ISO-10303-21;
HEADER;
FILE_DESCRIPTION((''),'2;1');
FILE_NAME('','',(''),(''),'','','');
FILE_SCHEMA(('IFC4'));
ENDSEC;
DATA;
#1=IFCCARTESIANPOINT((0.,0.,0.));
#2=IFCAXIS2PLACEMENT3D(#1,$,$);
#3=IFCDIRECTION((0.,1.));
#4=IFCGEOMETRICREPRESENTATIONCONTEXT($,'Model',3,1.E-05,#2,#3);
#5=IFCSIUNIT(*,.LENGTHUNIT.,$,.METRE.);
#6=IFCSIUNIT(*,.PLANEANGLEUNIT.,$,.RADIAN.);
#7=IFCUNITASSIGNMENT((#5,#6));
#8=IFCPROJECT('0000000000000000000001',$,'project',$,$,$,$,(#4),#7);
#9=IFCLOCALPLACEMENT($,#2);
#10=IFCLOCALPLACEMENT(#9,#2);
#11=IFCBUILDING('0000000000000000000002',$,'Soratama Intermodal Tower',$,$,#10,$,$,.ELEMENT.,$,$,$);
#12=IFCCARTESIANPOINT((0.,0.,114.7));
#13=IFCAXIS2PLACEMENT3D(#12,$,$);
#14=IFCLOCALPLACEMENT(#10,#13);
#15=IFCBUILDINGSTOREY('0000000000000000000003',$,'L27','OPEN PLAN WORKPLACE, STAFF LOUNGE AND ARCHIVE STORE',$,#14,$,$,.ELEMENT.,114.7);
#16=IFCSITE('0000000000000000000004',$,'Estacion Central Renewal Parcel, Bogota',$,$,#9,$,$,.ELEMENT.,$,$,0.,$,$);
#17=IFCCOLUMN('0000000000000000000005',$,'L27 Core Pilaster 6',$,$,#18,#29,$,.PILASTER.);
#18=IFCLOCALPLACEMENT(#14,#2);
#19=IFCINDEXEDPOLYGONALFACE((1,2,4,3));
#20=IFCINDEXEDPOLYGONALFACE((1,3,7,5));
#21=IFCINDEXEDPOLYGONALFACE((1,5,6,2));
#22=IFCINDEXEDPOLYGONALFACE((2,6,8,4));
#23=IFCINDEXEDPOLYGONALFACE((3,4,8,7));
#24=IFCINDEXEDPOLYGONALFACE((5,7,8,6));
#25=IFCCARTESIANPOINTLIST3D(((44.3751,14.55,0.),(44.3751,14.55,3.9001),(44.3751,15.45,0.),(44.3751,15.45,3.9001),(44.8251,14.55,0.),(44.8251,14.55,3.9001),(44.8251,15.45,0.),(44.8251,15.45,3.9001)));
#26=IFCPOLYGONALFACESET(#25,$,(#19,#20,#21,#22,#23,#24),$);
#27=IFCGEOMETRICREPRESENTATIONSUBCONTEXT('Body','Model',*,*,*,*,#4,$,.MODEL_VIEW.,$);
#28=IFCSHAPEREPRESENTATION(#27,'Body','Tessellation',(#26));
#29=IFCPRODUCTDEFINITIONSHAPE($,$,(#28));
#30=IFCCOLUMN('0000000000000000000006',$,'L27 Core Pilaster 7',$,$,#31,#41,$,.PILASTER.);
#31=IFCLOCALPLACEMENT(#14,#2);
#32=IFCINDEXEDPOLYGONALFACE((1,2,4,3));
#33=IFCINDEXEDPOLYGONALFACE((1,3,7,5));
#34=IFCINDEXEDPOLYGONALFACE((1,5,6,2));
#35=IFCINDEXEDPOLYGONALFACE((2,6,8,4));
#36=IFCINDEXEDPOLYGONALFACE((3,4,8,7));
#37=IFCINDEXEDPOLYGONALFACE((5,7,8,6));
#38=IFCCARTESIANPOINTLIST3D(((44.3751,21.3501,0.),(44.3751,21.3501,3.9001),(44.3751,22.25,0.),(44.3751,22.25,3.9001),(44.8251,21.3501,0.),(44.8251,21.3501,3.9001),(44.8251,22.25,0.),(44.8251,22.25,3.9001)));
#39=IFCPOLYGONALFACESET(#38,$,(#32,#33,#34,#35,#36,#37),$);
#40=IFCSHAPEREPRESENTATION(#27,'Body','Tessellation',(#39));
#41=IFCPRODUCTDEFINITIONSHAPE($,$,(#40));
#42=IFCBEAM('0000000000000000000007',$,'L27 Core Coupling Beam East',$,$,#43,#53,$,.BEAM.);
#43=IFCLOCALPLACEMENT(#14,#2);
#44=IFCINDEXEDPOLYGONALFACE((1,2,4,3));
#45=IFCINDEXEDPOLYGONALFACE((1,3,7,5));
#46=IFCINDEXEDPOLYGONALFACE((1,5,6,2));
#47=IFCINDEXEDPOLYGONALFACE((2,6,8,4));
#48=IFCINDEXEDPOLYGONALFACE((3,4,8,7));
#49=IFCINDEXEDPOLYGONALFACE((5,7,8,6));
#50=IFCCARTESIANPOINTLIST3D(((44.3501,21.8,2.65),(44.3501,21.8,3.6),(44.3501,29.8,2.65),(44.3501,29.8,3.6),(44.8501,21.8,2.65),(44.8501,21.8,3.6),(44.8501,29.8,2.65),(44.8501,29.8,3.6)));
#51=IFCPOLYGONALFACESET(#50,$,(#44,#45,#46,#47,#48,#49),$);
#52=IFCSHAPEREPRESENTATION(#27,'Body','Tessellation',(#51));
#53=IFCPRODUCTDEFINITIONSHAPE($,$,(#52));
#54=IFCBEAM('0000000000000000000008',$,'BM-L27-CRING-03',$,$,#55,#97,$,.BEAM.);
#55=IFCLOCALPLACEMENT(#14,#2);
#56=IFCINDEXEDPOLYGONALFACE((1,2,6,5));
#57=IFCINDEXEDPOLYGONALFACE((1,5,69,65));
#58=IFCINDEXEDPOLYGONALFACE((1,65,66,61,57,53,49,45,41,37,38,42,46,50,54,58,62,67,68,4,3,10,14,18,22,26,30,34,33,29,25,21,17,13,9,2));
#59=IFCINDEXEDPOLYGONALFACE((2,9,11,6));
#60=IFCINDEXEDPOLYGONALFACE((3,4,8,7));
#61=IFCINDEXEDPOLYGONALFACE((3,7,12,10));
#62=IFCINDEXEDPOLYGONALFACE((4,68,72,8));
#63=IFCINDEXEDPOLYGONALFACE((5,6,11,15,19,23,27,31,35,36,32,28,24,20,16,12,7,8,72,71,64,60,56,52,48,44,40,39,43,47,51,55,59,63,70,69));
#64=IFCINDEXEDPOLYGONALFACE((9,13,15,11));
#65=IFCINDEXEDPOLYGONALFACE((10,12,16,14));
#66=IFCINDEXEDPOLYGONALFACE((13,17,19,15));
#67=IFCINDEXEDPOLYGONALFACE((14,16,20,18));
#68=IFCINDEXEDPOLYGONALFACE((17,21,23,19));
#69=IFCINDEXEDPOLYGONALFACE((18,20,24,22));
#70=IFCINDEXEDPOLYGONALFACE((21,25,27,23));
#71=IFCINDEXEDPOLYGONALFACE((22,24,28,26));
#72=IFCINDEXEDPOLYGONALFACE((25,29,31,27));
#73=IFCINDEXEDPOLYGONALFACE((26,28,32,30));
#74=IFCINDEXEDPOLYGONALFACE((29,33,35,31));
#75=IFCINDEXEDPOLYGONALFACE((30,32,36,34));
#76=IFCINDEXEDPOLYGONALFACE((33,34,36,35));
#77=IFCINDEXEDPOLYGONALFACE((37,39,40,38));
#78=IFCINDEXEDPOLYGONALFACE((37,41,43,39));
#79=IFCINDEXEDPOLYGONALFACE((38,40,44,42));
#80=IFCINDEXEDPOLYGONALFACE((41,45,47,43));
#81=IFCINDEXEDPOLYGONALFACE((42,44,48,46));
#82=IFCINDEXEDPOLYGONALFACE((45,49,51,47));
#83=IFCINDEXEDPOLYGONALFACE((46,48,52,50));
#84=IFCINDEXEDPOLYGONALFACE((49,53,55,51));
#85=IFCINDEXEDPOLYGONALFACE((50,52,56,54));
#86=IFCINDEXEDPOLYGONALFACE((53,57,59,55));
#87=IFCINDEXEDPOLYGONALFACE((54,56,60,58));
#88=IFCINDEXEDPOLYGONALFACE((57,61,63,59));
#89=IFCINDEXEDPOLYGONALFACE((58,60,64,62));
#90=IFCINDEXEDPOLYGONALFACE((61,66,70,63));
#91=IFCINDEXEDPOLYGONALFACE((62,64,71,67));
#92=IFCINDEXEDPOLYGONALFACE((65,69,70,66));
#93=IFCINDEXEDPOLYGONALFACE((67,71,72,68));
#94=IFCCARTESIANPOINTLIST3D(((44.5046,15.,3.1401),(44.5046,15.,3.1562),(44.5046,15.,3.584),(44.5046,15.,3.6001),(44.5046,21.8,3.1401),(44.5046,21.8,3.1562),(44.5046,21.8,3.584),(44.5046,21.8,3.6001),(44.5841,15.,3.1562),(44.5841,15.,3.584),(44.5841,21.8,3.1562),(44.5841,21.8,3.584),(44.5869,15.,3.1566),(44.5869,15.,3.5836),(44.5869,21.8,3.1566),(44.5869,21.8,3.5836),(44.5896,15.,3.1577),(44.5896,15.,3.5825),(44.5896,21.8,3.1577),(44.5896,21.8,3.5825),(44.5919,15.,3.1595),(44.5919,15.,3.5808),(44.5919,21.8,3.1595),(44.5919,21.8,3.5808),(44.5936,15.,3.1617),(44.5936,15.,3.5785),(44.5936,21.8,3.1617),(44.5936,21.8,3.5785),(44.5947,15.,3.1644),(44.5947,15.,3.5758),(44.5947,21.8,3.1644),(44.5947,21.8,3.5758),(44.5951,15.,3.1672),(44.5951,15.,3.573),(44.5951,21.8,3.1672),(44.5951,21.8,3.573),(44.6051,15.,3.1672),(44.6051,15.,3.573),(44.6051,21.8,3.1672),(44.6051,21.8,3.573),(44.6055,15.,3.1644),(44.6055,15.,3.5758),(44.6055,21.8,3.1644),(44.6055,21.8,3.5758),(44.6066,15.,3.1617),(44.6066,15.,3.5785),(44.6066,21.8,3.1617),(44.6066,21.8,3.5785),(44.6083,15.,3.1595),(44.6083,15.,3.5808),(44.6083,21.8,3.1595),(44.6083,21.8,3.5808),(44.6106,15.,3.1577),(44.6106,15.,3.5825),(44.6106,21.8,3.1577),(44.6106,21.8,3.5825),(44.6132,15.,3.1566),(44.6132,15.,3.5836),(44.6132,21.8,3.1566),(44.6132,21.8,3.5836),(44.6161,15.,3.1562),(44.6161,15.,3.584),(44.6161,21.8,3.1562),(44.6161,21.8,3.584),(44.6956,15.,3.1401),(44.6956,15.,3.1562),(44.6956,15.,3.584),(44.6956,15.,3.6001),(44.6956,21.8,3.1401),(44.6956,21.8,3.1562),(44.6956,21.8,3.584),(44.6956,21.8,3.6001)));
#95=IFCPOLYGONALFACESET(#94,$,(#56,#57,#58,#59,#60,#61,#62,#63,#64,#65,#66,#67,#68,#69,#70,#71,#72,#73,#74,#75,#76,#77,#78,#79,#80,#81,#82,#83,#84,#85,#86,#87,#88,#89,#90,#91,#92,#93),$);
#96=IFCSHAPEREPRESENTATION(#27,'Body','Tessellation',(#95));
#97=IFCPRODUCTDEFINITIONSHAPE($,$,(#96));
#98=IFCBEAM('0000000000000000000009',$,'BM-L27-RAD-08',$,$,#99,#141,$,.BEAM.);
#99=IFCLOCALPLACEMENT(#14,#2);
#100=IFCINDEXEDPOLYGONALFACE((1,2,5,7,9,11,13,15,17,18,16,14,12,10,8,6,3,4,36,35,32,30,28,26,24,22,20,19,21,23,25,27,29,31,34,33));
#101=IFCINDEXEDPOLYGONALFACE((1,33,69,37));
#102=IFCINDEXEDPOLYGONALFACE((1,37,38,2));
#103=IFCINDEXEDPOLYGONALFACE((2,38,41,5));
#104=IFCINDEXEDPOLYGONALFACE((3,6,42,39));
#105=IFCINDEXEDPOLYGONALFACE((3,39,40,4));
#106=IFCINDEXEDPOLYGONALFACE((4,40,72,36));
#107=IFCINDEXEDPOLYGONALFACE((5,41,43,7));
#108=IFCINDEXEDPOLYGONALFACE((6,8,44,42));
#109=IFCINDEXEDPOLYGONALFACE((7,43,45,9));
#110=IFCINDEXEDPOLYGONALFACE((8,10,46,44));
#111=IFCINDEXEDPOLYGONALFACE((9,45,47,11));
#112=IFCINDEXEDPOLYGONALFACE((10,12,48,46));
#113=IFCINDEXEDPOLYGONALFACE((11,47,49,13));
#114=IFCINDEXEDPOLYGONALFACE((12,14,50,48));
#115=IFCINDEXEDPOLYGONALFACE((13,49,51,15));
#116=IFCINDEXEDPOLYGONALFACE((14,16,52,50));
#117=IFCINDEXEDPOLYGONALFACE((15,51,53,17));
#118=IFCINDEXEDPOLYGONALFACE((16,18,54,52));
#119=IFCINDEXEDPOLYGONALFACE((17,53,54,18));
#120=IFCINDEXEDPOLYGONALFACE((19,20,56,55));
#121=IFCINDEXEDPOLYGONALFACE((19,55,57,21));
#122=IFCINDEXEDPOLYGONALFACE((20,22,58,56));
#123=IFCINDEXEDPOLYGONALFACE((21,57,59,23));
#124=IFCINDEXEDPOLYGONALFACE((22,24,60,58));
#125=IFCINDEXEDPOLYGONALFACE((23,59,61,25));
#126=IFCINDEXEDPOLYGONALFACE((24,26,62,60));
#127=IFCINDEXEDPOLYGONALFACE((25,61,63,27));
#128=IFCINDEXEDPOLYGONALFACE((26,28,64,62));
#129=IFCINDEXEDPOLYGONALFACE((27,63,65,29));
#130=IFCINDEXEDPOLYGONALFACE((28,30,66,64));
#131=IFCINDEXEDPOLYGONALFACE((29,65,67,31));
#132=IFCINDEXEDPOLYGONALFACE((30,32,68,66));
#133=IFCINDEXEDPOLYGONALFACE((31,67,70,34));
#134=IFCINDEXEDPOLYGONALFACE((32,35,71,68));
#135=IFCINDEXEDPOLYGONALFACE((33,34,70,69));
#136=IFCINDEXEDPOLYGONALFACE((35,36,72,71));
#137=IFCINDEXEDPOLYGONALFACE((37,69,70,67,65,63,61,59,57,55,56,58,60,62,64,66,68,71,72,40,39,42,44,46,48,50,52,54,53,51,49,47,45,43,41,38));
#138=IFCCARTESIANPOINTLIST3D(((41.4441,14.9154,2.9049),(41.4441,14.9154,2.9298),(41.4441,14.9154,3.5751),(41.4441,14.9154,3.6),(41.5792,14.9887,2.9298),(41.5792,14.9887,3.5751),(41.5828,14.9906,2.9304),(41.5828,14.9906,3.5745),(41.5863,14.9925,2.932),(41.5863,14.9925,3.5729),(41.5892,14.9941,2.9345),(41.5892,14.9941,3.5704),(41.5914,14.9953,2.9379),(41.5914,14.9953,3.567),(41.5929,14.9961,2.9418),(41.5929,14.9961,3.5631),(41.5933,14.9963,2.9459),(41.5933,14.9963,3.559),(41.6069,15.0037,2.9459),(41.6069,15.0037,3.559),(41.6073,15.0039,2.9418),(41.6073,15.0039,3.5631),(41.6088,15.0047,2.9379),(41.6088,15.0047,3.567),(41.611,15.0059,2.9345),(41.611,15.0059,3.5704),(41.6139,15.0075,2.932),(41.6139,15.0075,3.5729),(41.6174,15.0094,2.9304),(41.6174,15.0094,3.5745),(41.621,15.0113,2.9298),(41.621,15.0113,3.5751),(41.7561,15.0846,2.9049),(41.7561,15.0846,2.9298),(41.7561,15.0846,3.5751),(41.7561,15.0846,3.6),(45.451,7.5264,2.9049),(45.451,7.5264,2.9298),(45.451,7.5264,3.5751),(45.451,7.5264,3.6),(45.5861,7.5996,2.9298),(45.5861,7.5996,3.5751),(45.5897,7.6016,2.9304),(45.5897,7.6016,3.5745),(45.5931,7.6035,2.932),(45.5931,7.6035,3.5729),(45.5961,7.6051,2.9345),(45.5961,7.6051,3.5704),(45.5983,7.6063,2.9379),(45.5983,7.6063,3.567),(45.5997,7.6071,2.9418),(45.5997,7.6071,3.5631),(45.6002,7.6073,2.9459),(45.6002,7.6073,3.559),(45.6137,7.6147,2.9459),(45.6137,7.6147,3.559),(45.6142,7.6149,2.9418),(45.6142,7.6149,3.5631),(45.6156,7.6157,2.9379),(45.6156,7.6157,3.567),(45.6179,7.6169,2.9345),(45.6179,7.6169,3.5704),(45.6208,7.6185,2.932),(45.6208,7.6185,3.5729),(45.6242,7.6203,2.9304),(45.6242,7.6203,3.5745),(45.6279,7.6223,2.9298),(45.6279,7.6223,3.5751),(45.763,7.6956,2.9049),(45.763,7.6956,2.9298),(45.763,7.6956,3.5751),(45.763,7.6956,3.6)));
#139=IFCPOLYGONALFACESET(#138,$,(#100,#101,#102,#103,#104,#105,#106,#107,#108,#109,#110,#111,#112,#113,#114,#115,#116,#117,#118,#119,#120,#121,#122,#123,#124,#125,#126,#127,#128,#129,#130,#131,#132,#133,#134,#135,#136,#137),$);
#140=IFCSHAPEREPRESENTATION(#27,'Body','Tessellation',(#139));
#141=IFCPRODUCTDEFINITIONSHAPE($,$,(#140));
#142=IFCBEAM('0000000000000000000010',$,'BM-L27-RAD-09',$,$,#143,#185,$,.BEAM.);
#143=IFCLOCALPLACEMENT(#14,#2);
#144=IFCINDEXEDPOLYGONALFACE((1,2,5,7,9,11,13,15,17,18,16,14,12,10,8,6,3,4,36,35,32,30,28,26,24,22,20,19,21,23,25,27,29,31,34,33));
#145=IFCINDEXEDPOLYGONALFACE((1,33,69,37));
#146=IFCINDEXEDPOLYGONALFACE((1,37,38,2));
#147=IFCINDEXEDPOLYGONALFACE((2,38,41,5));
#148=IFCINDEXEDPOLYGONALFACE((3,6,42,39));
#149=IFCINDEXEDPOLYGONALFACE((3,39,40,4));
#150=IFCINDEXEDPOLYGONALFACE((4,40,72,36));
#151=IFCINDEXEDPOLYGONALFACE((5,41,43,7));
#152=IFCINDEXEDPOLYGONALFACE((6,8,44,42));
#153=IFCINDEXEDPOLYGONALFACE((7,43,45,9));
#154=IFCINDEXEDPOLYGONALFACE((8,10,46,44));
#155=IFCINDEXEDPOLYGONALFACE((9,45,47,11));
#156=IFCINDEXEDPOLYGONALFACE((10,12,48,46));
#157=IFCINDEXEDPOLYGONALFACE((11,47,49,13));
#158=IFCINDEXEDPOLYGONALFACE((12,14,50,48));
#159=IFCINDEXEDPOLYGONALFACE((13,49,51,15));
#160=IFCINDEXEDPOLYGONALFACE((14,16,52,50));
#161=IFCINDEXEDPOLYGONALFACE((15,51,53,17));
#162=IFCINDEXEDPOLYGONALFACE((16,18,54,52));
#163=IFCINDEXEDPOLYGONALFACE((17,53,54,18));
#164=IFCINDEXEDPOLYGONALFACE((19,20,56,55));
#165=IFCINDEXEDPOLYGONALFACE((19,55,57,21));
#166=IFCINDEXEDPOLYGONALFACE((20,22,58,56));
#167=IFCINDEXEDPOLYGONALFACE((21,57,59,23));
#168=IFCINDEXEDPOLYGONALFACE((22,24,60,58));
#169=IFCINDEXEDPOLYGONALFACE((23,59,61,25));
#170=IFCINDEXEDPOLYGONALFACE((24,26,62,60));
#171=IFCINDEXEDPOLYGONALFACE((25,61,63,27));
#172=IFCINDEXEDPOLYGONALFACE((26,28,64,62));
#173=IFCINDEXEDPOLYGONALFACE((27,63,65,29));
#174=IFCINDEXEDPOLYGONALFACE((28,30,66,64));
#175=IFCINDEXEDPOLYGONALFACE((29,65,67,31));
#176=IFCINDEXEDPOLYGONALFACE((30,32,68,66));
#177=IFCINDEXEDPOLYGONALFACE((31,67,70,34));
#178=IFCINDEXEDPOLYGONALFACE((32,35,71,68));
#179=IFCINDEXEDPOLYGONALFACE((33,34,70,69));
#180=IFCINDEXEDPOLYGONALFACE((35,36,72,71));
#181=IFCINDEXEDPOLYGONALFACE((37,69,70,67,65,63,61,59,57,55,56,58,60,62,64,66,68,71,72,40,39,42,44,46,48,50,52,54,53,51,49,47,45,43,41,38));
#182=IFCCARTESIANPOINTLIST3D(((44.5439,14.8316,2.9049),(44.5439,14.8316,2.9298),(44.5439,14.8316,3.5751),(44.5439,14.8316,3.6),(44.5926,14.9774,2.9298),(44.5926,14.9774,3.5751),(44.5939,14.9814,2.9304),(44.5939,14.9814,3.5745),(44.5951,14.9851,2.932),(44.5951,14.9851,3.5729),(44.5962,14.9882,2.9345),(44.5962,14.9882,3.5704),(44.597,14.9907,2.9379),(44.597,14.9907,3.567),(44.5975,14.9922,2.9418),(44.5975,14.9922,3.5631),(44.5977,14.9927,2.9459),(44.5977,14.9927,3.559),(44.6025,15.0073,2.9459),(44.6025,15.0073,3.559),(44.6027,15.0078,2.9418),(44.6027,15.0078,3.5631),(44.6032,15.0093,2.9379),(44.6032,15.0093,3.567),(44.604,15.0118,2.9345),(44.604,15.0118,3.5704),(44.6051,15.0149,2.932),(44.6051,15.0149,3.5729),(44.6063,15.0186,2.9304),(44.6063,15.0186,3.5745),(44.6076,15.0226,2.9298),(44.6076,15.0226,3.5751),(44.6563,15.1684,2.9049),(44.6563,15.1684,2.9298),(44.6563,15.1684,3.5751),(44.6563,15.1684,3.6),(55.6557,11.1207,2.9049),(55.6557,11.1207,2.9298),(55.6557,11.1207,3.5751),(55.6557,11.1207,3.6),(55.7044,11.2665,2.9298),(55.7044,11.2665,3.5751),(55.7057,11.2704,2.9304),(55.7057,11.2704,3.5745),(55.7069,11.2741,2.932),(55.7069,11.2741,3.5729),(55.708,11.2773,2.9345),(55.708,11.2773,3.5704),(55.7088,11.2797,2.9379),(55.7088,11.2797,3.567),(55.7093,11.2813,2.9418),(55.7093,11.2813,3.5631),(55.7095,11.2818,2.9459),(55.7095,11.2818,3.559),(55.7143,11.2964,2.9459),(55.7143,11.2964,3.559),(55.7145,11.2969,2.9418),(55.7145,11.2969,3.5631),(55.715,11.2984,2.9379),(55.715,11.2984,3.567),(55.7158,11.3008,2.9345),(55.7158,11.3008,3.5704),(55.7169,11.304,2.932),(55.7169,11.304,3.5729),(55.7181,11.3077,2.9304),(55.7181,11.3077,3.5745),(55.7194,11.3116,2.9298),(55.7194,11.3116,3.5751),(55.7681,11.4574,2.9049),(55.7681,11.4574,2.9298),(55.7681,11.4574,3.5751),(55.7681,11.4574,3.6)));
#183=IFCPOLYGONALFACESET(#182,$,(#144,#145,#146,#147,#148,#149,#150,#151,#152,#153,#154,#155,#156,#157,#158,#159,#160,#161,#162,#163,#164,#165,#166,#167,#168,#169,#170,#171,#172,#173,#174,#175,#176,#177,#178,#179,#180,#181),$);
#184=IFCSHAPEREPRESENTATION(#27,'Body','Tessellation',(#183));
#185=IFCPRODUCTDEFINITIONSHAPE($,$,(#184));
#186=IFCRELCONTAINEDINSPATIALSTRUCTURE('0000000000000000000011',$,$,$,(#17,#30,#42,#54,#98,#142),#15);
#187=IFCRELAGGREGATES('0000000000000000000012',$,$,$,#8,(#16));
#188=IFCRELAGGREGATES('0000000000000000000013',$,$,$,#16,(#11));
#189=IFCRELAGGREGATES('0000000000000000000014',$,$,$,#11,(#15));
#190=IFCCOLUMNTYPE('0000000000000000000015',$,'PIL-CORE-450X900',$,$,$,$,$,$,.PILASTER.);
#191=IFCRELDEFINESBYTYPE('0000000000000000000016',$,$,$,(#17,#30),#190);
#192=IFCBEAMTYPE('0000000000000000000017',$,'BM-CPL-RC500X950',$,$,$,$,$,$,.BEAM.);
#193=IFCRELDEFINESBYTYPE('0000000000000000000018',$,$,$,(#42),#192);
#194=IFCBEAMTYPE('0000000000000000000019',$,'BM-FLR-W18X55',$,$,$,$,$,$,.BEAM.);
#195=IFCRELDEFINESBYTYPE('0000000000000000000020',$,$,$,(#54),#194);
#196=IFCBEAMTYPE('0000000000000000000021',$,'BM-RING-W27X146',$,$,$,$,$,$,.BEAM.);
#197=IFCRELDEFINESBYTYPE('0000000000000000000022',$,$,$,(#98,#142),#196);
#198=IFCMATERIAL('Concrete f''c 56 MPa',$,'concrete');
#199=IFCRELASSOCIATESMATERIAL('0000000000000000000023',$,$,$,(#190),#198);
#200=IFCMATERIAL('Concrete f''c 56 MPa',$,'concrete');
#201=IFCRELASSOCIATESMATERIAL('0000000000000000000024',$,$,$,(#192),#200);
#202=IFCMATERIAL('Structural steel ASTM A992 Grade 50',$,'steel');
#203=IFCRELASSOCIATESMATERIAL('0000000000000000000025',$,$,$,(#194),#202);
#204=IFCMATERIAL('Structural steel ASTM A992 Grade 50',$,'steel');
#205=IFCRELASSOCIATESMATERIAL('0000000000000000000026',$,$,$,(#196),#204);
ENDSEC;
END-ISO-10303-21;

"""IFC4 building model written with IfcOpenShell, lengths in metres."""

from ifc_helpers import new_model, si_unit, direction, frame, origin, origin_2d, place, context, subcontext, project, spatial, rectangle, i_section, extrude, material, material_profile, profile_set, type_object, element, save


model = new_model("IFC4")

# Units and contexts
model_context = context("Model", 3, precision=1e-05, world=origin(), true_north=direction((0.0, 1.0)))
body_context = subcontext(model_context, "Body", "Model", "MODEL_VIEW")
ifc_project = project(units=[si_unit("LENGTHUNIT", "METRE"), si_unit("PLANEANGLEUNIT", "RADIAN")], contexts=[model_context])

# Site, building, storey
site_placement = place(None, origin())
site = spatial("IfcSite", under=ifc_project, at=site_placement, Name="Estacion Central Renewal Parcel, Bogota", CompositionType="ELEMENT", RefElevation=0.0)
building_placement = place(site_placement, origin())
building = spatial("IfcBuilding", under=site, at=building_placement, Name="Soratama Intermodal Tower", CompositionType="ELEMENT")
storey_placement = place(building_placement, frame((0.0, 0.0, 114.7)))
storey = spatial("IfcBuildingStorey", under=building, at=storey_placement, Name="L27", Description="OPEN PLAN WORKPLACE, STAFF LOUNGE AND ARCHIVE STORE", CompositionType="ELEMENT", Elevation=114.7)

# Columns
ifc_material_1 = material(Name="Concrete f'c 56 MPa", Category="concrete")
ifc_material_profile_1 = material_profile(ifc_material_1, rectangle(XDim=0.45, YDim=0.8999, at=origin_2d()), Name="RC450X900")
ifc_profile_set_1 = profile_set([ifc_material_profile_1], Name="Concrete f'c 56 MPa")
column_type = type_object("IfcColumnType", Name="PIL-CORE-450X900", PredefinedType="PILASTER", material=ifc_profile_set_1)
for number, where, z_axis, x_axis, name in (
    (1, (44.6001, 15.0, 0.0), (0.0, 0.0, 1.0), (1.0, 0.0, 0.0), "L27 Core Pilaster 6"),
    (2, (44.6001, 21.8, 0.0), (0.0, 0.0, 1.0), (1.0, 0.0, 0.0), "L27 Core Pilaster 7"),
):
    element("IfcColumn", number, at=place(storey_placement, frame(where, z_axis=z_axis, x_axis=x_axis)), inside=storey, type_object=column_type, Name=name, PredefinedType="PILASTER", context=body_context, shape_type="SweptSolid", body=[
        extrude(rectangle(XDim=0.45, YDim=0.8999, at=origin_2d()), origin(), (0.0, 0.0, 1.0), 3.9001),
    ])

# Beams
ifc_material_2 = material(Name="Concrete f'c 56 MPa", Category="concrete")
ifc_material_profile_2 = material_profile(ifc_material_2, rectangle(XDim=0.5, YDim=0.95, at=origin_2d()), Name="RC500X950")
ifc_profile_set_2 = profile_set([ifc_material_profile_2], Name="Concrete f'c 56 MPa")
beam_type_1 = type_object("IfcBeamType", Name="BM-CPL-RC500X950", PredefinedType="BEAM", material=ifc_profile_set_2)
beam_1_placement = place(storey_placement, frame((44.6001, 21.8, 3.125), z_axis=(0.0, 1.0, 0.0), x_axis=(-1.0, 0.0, 0.0)))
element("IfcBeam", 3, at=beam_1_placement, inside=storey, type_object=beam_type_1, Name="L27 Core Coupling Beam East", PredefinedType="BEAM", context=body_context, shape_type="SweptSolid", body=[
    extrude(rectangle(XDim=0.5, YDim=0.95, at=origin_2d()), origin(), (0.0, 0.0, 1.0), 8.0),
])
ifc_material_3 = material(Name="Structural steel ASTM A992 Grade 50", Category="steel")
ifc_material_profile_3 = material_profile(ifc_material_3, i_section(OverallWidth=0.1909, OverallDepth=0.46, WebThickness=0.01, FlangeThickness=0.0161, FilletRadius=0.011, at=origin_2d()), Name="W18X55")
ifc_profile_set_3 = profile_set([ifc_material_profile_3], Name="Structural steel ASTM A992 Grade 50")
beam_type_2 = type_object("IfcBeamType", Name="BM-FLR-W18X55", PredefinedType="BEAM", material=ifc_profile_set_3)
beam_2_placement = place(storey_placement, frame((44.6001, 15.0, 3.3701), z_axis=(0.0, 1.0, 0.0), x_axis=(-1.0, 0.0, 0.0)))
element("IfcBeam", 4, at=beam_2_placement, inside=storey, type_object=beam_type_2, Name="BM-L27-CRING-03", PredefinedType="BEAM", context=body_context, shape_type="SweptSolid", body=[
    extrude(i_section(OverallWidth=0.1909, OverallDepth=0.46, WebThickness=0.01, FlangeThickness=0.0161, FilletRadius=0.011, at=origin_2d()), origin(), (0.0, 0.0, 1.0), 6.8),
])
ifc_material_4 = material(Name="Structural steel ASTM A992 Grade 50", Category="steel")
ifc_material_profile_4 = material_profile(ifc_material_4, i_section(OverallWidth=0.355, OverallDepth=0.6951, WebThickness=0.0154, FlangeThickness=0.0249, FilletRadius=0.0161, at=origin_2d()), Name="W27X146")
ifc_profile_set_4 = profile_set([ifc_material_profile_4], Name="Structural steel ASTM A992 Grade 50")
beam_type_3 = type_object("IfcBeamType", Name="BM-RING-W27X146", PredefinedType="BEAM", material=ifc_profile_set_4)
beam_3_placement = place(storey_placement, frame((41.6001, 15.0, 3.2524), z_axis=(0.476698, -0.879067, 0.0), x_axis=(0.879067, 0.476698, 0.0)))
element("IfcBeam", 5, at=beam_3_placement, inside=storey, type_object=beam_type_3, Name="BM-L27-RAD-08", PredefinedType="BEAM", context=body_context, shape_type="SweptSolid", body=[
    extrude(i_section(OverallWidth=0.355, OverallDepth=0.6951, WebThickness=0.0154, FlangeThickness=0.0249, FilletRadius=0.0161, at=origin_2d()), origin(), (0.0, 0.0, 1.0), 8.4055),
])
beam_4_placement = place(storey_placement, frame((44.6001, 15.0, 3.2524), z_axis=(0.948504, -0.316765, 0.0), x_axis=(0.316765, 0.948504, 0.0)))
element("IfcBeam", 6, at=beam_4_placement, inside=storey, type_object=beam_type_3, Name="BM-L27-RAD-09", PredefinedType="BEAM", context=body_context, shape_type="SweptSolid", body=[
    extrude(i_section(OverallWidth=0.355, OverallDepth=0.6951, WebThickness=0.0154, FlangeThickness=0.0249, FilletRadius=0.0161, at=origin_2d()), origin(), (0.0, 0.0, 1.0), 11.7151),
])

save(model, "model.ifc")
